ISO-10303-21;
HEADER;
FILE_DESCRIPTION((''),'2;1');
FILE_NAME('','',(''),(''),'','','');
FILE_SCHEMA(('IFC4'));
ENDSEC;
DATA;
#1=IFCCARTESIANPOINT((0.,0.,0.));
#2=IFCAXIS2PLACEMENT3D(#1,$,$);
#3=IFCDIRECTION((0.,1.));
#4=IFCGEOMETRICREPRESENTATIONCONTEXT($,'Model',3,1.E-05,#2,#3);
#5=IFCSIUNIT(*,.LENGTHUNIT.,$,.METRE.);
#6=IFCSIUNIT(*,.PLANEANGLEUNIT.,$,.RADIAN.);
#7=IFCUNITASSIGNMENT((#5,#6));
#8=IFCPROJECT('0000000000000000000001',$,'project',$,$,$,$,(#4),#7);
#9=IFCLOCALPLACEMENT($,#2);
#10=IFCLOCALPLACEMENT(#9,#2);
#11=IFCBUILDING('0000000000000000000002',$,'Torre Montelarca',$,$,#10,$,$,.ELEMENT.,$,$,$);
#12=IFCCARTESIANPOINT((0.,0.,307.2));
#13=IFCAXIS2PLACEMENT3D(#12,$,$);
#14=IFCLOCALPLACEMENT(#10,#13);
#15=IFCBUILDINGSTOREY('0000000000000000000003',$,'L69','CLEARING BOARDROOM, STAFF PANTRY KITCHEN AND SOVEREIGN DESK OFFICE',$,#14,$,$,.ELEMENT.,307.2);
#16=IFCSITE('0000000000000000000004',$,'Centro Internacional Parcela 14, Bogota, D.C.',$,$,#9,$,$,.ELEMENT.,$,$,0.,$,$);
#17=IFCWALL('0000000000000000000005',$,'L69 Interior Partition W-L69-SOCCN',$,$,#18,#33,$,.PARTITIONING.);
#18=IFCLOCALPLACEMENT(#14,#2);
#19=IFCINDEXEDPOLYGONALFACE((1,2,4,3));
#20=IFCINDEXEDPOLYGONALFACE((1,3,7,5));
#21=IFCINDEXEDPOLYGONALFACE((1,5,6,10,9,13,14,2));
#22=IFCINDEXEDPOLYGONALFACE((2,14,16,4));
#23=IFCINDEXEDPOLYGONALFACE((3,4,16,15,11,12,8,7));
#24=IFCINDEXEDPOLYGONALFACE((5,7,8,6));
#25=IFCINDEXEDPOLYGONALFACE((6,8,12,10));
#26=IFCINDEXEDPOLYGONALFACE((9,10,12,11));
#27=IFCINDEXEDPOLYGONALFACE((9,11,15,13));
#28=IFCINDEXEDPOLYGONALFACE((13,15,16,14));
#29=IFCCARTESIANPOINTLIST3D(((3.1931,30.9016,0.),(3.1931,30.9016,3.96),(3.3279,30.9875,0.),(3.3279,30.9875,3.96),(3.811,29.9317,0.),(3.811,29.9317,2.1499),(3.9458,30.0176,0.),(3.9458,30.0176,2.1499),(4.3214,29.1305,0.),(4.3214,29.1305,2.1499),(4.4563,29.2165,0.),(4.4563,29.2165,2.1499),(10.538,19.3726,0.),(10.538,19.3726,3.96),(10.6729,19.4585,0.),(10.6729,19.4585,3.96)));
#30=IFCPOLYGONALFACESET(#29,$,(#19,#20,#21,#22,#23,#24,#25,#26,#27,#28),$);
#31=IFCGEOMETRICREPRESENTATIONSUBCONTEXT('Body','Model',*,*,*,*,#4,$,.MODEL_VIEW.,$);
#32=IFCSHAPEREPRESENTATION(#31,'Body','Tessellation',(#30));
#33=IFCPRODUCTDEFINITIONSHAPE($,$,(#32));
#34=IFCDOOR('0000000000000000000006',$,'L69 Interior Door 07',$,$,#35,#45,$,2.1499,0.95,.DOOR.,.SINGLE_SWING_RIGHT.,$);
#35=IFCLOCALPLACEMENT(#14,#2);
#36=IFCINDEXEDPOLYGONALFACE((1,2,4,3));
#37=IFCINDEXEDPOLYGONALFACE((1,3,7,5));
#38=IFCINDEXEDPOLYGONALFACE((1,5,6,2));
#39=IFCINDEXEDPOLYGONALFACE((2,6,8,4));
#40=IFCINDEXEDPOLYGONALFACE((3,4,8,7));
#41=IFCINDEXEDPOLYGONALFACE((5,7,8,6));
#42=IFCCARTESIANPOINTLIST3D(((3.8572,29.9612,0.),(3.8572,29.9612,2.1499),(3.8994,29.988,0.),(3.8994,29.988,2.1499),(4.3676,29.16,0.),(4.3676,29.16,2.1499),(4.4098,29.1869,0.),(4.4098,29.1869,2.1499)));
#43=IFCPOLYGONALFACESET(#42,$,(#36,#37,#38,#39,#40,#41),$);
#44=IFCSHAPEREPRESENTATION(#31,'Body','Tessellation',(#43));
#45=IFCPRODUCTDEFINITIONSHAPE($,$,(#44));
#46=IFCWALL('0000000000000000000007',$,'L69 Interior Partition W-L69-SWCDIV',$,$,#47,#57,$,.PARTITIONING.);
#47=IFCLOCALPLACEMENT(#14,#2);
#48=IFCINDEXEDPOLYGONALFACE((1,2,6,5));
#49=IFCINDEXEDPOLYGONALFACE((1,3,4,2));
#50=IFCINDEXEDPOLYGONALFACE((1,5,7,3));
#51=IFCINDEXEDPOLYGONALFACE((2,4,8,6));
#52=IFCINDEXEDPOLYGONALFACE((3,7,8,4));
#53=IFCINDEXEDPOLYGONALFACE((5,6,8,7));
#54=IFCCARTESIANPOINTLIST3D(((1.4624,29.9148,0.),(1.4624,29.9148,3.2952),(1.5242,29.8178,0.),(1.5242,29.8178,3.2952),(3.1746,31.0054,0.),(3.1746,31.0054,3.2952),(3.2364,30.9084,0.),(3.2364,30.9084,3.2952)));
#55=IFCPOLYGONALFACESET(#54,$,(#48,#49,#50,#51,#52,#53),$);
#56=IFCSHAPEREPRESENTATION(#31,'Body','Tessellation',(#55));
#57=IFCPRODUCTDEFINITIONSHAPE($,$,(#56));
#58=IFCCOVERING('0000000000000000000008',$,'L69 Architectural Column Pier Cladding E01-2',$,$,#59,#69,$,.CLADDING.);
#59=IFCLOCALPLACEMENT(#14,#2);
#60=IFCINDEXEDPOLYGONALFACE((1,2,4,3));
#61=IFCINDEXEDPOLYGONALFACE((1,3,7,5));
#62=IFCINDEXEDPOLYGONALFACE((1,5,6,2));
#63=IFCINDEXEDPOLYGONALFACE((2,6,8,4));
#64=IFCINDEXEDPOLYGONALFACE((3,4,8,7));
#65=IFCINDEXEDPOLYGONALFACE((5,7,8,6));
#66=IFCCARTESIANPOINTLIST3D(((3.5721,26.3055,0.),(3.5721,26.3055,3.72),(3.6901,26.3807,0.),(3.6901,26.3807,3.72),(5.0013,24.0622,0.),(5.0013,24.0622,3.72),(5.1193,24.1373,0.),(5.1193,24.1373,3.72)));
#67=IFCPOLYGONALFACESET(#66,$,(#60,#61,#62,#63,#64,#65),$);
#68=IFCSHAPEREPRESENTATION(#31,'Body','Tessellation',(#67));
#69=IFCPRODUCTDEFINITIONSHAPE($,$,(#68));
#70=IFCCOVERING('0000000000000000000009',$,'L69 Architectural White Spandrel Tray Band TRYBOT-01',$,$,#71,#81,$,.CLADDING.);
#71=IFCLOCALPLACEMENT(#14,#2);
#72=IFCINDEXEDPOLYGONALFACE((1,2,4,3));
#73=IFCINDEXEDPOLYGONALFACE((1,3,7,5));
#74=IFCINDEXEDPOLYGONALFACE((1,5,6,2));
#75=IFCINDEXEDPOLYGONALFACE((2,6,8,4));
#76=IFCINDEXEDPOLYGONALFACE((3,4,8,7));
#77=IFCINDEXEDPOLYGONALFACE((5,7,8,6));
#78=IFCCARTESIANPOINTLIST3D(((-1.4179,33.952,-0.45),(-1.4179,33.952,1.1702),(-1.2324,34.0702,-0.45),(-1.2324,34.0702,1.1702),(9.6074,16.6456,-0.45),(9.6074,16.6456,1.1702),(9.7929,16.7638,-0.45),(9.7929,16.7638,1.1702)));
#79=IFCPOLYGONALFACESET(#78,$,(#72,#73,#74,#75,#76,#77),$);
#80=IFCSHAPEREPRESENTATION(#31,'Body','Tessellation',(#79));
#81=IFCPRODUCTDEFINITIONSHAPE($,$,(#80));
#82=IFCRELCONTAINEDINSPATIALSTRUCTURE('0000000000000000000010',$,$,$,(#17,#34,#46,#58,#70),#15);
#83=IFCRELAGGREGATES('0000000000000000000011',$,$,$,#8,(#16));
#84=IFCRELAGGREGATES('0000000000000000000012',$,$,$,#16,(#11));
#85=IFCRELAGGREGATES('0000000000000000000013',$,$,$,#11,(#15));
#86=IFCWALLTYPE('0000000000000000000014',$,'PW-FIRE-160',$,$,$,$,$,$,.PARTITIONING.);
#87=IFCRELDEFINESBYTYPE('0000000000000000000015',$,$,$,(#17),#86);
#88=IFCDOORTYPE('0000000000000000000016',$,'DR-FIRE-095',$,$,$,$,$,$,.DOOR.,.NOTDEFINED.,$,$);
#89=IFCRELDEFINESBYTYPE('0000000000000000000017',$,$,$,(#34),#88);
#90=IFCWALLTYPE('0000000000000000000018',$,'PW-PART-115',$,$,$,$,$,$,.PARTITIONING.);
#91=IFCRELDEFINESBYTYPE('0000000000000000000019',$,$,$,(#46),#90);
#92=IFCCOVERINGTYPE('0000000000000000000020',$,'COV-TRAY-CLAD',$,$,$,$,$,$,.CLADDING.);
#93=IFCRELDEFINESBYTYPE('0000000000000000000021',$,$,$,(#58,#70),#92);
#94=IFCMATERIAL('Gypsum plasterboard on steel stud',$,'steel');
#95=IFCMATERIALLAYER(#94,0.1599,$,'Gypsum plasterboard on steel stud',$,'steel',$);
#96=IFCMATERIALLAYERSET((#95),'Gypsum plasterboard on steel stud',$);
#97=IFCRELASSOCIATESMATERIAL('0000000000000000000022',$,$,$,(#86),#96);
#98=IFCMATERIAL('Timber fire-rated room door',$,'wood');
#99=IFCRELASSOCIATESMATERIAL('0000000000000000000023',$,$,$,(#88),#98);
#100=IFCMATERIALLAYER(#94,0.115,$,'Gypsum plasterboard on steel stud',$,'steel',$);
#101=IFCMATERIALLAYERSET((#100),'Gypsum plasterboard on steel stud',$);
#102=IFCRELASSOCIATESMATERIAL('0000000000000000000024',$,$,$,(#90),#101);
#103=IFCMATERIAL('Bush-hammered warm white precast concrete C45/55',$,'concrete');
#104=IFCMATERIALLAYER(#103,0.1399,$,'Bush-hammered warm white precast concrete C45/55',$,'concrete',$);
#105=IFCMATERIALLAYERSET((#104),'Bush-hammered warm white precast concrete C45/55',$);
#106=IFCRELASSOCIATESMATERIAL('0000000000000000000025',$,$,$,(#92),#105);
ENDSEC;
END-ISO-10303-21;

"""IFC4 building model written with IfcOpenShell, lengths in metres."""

from ifc_helpers import new_model, si_unit, direction, frame, frame_2d, origin, origin_2d, place, context, subcontext, project, spatial, rectangle, extrude, source, transform, mapped, material, layer, layer_set, type_object, element, fill, save


model = new_model("IFC4")

# Units and contexts
model_context = context("Model", 3, precision=1e-05, world=origin(), true_north=direction((0.0, 1.0)))
body_context = subcontext(model_context, "Body", "Model", "MODEL_VIEW")
ifc_project = project(units=[si_unit("LENGTHUNIT", "METRE"), si_unit("PLANEANGLEUNIT", "RADIAN")], contexts=[model_context])

# Site, building, storey
site_placement = place(None, origin())
site = spatial("IfcSite", under=ifc_project, at=site_placement, Name="Centro Internacional Parcela 14, Bogota, D.C.", CompositionType="ELEMENT", RefElevation=0.0)
building_placement = place(site_placement, origin())
building = spatial("IfcBuilding", under=site, at=building_placement, Name="Torre Montelarca", CompositionType="ELEMENT")
storey_placement = place(building_placement, frame((0.0, 0.0, 307.2)))
storey = spatial("IfcBuildingStorey", under=building, at=storey_placement, Name="L69", Description="CLEARING BOARDROOM, STAFF PANTRY KITCHEN AND SOVEREIGN DESK OFFICE", CompositionType="ELEMENT", Elevation=307.2)

# Wall, opening, door
ifc_material_1 = material(Name="Gypsum plasterboard on steel stud", Category="steel")
ifc_layer_1 = layer(ifc_material_1, 0.1599, Name="Gypsum plasterboard on steel stud", Category="steel")
ifc_layer_set_1 = layer_set([ifc_layer_1], Name="Gypsum plasterboard on steel stud")
wall_type_1 = type_object("IfcWallType", Name="PW-FIRE-160", PredefinedType="PARTITIONING", material=ifc_layer_set_1)
wall_1_placement = place(storey_placement, frame((3.2605, 30.9446, 0.0), z_axis=(0.0, 0.0, 1.0), x_axis=(0.537308, -0.843386, 0.0)))
wall_1 = element("IfcWall", 1, at=wall_1_placement, inside=storey, type_object=wall_type_1, Name="L69 Interior Partition W-L69-SOCCN", PredefinedType="PARTITIONING", context=body_context, shape_type="SweptSolid", body=[
    extrude(rectangle(XDim=13.6699, YDim=0.1599, at=frame_2d((6.835, 0.0))), origin(), (0.0, 0.0, 1.0), 3.96),
])
opening_placement = place(wall_1_placement, frame((1.1499, 0.0, 0.0)))
opening = element("IfcOpeningElement", 2, at=opening_placement, cuts=wall_1, PredefinedType="OPENING", context=body_context, shape_type="SweptSolid", body=[
    extrude(rectangle(XDim=0.95, YDim=2.1499, at=frame_2d((0.4751, 1.075))), frame((0.0, 0.0898, 0.0), z_axis=(0.0, -1.0, 0.0), x_axis=(1.0, 0.0, 0.0)), (0.0, 0.0, 1.0), 0.1799),
])
ifc_material_2 = material(Name="Timber fire-rated room door", Category="wood")
door_type = type_object("IfcDoorType", Name="DR-FIRE-095", OperationType="NOTDEFINED", PredefinedType="DOOR", material=ifc_material_2)
shared_shape_1 = source(origin(), body_context, "Body", "SweptSolid", [
    extrude(rectangle(XDim=0.95, YDim=2.1499, at=frame_2d((0.4751, 1.075))), frame((0.0, 0.0249, 0.0), z_axis=(0.0, -1.0, 0.0), x_axis=(1.0, 0.0, 0.0)), (0.0, 0.0, 1.0), 0.05),
])
door_placement = place(opening_placement, origin())
door = element("IfcDoor", 3, at=door_placement, inside=storey, type_object=door_type, Name="L69 Interior Door 07", OperationType="SINGLE_SWING_RIGHT", OverallHeight=2.1499, OverallWidth=0.95, PredefinedType="DOOR", context=body_context, shape_type="MappedRepresentation", body=[
    mapped(shared_shape_1, transform((0.0, 0.0, 0.0), scale=1.0)),
])
fill(opening, door)

# Wall
ifc_layer_2 = layer(ifc_material_1, 0.115, Name="Gypsum plasterboard on steel stud", Category="steel")
ifc_layer_set_2 = layer_set([ifc_layer_2], Name="Gypsum plasterboard on steel stud")
wall_type_2 = type_object("IfcWallType", Name="PW-PART-115", PredefinedType="PARTITIONING", material=ifc_layer_set_2)
wall_2_placement = place(storey_placement, frame((1.4932, 29.8662, 0.0), z_axis=(0.0, 0.0, 1.0), x_axis=(0.843434, 0.537233, 0.0)))
element("IfcWall", 4, at=wall_2_placement, inside=storey, type_object=wall_type_2, Name="L69 Interior Partition W-L69-SWCDIV", PredefinedType="PARTITIONING", context=body_context, shape_type="SweptSolid", body=[
    extrude(rectangle(XDim=2.03, YDim=0.115, at=frame_2d((1.0151, 0.0))), origin(), (0.0, 0.0, 1.0), 3.2952),
])

# Coverings
ifc_material_3 = material(Name="Bush-hammered warm white precast concrete C45/55", Category="concrete")
ifc_layer_3 = layer(ifc_material_3, 0.1399, Name="Bush-hammered warm white precast concrete C45/55", Category="concrete")
ifc_layer_set_3 = layer_set([ifc_layer_3], Name="Bush-hammered warm white precast concrete C45/55")
covering_type = type_object("IfcCoveringType", Name="COV-TRAY-CLAD", PredefinedType="CLADDING", material=ifc_layer_set_3)
shared_shape_2 = source(origin(), body_context, "Body", "SweptSolid", [
    extrude(rectangle(XDim=2.6599, YDim=0.1399, at=origin_2d()), origin(), (0.0, 0.0, 1.0), 3.72),
])
covering_1_placement = place(storey_placement, frame((4.3457, 25.2214, 0.0), z_axis=(0.0, 0.0, 1.0), x_axis=(0.537301, -0.843391, 0.0)))
element("IfcCovering", 5, at=covering_1_placement, inside=storey, type_object=covering_type, Name="L69 Architectural Column Pier Cladding E01-2", PredefinedType="CLADDING", context=body_context, shape_type="MappedRepresentation", body=[
    mapped(shared_shape_2, transform((0.0, 0.0, 0.0), scale=1.0)),
])
shared_shape_3 = source(origin(), body_context, "Body", "SweptSolid", [
    extrude(rectangle(XDim=20.52, YDim=0.22, at=origin_2d()), origin(), (0.0, 0.0, 1.0), 1.6201),
])
covering_2_placement = place(storey_placement, frame((4.1875, 25.3579, -0.45), z_axis=(0.0, 0.0, 1.0), x_axis=(0.537298, -0.843392, 0.0)))
element("IfcCovering", 6, at=covering_2_placement, inside=storey, type_object=covering_type, Name="L69 Architectural White Spandrel Tray Band TRYBOT-01", PredefinedType="CLADDING", context=body_context, shape_type="MappedRepresentation", body=[
    mapped(shared_shape_3, transform((0.0, 0.0, 0.0), scale=1.0)),
])

save(model, "model.ifc")
